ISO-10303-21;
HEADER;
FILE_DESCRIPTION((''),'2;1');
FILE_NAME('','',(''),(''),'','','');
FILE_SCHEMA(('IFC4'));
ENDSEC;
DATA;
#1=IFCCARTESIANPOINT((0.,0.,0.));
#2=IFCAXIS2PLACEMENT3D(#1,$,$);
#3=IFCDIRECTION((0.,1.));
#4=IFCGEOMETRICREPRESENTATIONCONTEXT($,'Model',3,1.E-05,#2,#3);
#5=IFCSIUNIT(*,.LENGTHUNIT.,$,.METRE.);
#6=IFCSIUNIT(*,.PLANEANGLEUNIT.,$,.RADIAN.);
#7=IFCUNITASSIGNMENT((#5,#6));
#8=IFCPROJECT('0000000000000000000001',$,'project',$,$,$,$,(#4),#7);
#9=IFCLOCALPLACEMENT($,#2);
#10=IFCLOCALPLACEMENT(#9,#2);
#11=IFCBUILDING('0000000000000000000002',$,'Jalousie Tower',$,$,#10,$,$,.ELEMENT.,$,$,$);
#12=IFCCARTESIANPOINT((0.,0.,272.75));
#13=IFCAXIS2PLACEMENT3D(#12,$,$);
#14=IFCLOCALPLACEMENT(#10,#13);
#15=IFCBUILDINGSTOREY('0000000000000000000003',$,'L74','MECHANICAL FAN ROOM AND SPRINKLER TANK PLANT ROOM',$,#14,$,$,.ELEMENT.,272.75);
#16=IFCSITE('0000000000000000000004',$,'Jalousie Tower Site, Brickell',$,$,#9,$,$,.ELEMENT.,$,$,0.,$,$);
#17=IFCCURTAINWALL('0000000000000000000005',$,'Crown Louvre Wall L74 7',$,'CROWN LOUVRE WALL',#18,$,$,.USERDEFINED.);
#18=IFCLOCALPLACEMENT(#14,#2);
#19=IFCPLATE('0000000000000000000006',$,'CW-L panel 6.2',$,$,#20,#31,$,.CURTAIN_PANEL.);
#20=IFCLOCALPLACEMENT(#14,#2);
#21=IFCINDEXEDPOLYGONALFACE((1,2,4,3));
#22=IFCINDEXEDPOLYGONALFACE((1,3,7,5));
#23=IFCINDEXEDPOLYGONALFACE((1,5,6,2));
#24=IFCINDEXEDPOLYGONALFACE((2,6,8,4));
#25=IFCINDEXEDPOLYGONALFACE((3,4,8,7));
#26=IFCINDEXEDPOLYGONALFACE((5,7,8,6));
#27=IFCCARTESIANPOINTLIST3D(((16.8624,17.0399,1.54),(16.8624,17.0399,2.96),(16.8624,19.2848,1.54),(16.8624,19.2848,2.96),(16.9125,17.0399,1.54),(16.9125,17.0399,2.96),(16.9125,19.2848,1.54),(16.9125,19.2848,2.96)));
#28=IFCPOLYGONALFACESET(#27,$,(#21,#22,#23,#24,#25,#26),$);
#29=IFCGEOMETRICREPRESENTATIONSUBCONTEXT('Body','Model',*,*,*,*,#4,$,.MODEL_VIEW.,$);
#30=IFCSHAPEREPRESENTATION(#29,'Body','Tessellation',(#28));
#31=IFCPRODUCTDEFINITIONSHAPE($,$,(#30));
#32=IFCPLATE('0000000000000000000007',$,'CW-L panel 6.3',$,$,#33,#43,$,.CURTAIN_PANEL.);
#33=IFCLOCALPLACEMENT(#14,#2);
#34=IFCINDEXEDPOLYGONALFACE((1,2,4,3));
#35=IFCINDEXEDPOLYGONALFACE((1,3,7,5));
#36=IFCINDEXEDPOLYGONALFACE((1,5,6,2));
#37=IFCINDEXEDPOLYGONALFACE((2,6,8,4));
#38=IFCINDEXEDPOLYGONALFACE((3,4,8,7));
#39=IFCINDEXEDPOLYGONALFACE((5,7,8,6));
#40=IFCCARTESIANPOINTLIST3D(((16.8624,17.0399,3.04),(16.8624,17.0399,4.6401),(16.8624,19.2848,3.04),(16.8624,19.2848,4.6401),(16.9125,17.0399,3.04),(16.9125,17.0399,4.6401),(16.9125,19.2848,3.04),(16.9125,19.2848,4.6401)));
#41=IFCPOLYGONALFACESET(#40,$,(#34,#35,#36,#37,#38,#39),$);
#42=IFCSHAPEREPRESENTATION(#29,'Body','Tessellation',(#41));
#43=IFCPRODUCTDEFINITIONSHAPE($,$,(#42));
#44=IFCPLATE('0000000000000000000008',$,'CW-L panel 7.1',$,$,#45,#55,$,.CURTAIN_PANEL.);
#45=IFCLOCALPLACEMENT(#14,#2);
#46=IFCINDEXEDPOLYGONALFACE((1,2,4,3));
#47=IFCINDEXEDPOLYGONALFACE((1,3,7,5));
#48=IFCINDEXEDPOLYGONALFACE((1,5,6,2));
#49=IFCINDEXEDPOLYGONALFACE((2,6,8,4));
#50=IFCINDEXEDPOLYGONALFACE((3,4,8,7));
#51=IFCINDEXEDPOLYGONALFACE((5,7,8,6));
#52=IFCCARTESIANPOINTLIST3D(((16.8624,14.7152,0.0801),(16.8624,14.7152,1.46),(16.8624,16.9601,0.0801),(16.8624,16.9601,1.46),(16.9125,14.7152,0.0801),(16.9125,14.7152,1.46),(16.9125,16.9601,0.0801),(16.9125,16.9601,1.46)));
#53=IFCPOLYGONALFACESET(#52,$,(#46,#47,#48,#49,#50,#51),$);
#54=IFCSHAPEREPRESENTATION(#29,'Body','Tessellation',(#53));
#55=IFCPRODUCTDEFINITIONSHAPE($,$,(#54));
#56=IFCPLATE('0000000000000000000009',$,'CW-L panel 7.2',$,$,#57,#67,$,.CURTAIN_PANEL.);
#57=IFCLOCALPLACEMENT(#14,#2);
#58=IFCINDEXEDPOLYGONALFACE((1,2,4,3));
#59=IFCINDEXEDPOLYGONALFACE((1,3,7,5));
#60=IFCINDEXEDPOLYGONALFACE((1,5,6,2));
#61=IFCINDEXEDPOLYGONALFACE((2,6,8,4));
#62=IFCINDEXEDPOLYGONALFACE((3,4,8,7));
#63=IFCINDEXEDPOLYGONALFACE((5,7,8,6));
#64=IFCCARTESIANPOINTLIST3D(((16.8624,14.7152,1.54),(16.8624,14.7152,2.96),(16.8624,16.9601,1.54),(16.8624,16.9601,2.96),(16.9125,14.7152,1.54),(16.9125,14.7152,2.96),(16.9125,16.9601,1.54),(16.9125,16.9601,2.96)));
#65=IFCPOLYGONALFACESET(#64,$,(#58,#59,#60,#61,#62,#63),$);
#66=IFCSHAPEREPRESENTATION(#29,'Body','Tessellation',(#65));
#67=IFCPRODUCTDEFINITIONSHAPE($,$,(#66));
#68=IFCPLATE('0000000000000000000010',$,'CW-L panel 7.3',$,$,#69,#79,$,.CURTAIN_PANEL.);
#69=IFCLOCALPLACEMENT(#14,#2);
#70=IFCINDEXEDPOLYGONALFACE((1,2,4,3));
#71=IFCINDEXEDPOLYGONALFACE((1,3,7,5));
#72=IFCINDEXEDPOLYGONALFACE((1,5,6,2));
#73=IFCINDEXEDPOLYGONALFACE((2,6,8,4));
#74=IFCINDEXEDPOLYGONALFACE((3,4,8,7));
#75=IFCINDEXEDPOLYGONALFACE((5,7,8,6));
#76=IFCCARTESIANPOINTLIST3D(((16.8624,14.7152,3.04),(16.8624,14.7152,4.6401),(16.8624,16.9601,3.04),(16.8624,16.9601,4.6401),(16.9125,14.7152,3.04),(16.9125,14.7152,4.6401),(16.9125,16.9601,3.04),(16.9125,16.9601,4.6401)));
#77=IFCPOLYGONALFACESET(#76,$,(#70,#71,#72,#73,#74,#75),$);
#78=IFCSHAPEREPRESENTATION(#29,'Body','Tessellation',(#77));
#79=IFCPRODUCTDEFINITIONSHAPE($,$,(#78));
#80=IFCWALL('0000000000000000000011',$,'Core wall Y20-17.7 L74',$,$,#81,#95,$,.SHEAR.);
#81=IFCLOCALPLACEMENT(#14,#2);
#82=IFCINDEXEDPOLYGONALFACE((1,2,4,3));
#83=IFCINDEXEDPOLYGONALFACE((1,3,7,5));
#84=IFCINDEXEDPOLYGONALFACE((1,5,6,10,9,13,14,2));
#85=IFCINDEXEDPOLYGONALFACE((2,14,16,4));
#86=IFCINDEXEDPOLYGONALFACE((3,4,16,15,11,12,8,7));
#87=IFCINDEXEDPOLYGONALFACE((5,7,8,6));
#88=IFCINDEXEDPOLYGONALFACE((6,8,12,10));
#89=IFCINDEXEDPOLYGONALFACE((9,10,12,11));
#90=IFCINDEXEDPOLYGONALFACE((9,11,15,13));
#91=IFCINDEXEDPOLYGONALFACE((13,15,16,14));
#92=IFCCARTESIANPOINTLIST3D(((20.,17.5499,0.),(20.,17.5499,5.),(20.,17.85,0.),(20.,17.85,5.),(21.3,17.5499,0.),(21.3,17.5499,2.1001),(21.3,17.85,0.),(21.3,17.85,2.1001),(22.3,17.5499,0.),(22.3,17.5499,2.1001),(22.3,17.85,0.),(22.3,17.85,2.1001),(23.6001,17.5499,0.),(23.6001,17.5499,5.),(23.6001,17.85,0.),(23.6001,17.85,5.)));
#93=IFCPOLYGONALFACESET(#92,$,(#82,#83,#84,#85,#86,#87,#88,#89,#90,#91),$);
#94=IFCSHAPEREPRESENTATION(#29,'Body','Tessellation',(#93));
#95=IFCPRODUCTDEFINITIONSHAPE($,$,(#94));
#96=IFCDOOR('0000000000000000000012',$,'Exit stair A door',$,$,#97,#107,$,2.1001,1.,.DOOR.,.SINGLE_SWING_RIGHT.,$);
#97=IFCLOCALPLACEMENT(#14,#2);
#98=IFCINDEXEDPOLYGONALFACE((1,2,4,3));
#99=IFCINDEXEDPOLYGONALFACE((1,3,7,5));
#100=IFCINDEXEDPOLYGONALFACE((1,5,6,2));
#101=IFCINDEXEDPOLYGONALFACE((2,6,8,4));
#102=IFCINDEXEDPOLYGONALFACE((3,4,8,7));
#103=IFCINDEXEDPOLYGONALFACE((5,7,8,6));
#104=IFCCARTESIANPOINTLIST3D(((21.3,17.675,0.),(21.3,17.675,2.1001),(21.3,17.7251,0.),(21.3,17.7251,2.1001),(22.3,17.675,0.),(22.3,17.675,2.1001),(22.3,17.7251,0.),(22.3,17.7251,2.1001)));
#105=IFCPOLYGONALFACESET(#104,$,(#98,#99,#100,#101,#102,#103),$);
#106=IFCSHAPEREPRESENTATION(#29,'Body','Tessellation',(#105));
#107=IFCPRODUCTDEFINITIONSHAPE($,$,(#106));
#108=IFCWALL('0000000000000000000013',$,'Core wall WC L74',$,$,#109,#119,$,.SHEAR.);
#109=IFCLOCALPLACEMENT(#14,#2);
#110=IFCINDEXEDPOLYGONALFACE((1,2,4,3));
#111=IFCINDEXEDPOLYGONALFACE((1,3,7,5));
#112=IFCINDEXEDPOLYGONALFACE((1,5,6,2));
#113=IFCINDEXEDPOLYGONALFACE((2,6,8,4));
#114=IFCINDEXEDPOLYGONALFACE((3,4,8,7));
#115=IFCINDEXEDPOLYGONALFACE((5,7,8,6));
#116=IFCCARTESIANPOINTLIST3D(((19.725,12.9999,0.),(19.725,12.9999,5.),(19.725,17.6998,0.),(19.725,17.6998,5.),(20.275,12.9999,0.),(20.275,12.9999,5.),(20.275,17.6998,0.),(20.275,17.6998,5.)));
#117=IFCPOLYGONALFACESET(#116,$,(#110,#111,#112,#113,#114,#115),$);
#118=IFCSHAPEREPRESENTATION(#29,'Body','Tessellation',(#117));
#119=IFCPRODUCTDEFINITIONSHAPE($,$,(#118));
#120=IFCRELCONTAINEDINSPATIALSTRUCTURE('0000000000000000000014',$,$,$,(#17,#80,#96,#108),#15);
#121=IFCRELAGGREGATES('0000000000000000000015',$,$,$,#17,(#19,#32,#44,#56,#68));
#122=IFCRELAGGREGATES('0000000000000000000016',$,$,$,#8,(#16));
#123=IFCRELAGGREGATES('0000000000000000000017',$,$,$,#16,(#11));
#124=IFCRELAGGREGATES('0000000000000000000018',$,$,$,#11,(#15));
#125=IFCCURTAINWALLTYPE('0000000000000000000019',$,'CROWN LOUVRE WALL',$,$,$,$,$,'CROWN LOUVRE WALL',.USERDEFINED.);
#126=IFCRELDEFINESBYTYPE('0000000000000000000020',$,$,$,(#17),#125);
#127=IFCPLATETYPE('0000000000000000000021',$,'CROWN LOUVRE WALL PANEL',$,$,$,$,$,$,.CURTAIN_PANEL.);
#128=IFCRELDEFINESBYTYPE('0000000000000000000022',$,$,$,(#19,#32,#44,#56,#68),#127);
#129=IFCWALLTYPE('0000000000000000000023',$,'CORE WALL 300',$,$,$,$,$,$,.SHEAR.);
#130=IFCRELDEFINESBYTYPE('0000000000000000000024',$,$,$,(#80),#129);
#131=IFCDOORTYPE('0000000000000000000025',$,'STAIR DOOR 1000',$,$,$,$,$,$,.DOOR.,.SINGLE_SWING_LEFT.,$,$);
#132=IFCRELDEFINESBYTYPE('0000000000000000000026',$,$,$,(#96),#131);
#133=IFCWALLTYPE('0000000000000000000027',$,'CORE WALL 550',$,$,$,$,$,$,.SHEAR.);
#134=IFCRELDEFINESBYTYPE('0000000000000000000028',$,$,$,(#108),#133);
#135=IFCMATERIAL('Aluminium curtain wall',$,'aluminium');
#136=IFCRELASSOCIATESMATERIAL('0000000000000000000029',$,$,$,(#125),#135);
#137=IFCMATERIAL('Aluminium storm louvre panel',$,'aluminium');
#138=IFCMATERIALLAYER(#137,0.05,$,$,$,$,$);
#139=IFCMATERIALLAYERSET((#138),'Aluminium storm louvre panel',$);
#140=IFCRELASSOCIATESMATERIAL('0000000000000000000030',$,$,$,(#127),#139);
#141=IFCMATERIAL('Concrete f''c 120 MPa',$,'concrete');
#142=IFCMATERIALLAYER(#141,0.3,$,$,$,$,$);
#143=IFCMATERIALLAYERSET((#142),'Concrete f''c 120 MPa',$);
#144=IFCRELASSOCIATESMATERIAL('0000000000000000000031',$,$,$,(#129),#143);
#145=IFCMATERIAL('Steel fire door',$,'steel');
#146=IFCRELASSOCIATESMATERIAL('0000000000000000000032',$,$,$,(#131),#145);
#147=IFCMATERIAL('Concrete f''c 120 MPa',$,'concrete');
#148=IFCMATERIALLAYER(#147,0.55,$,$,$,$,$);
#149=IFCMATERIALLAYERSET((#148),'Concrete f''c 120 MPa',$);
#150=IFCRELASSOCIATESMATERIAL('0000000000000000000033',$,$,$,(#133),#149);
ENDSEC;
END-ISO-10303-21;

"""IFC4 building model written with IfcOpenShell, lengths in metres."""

from ifc_helpers import new_model, si_unit, direction, frame, frame_2d, origin, origin_2d, place, context, subcontext, project, spatial, rectangle, extrude, material, layer, layer_set, type_object, element, fill, aggregate, save


model = new_model("IFC4")

# Units and contexts
model_context = context("Model", 3, precision=1e-05, world=origin(), true_north=direction((0.0, 1.0)))
body_context = subcontext(model_context, "Body", "Model", "MODEL_VIEW")
ifc_project = project(units=[si_unit("LENGTHUNIT", "METRE"), si_unit("PLANEANGLEUNIT", "RADIAN")], contexts=[model_context])

# Site, building, storey
site_placement = place(None, origin())
site = spatial("IfcSite", under=ifc_project, at=site_placement, Name="Jalousie Tower Site, Brickell", CompositionType="ELEMENT", RefElevation=0.0)
building_placement = place(site_placement, origin())
building = spatial("IfcBuilding", under=site, at=building_placement, Name="Jalousie Tower", CompositionType="ELEMENT")
storey_placement = place(building_placement, frame((0.0, 0.0, 272.75)))
storey = spatial("IfcBuildingStorey", under=building, at=storey_placement, Name="L74", Description="MECHANICAL FAN ROOM AND SPRINKLER TANK PLANT ROOM", CompositionType="ELEMENT", Elevation=272.75)

# Curtain wall, plates
ifc_material_1 = material(Name="Aluminium curtain wall", Category="aluminium")
curtain_wall_type = type_object("IfcCurtainWallType", Name="CROWN LOUVRE WALL", ElementType="CROWN LOUVRE WALL", PredefinedType="USERDEFINED", material=ifc_material_1)
curtain_wall_placement = place(storey_placement, origin())
curtain_wall = element("IfcCurtainWall", 1, at=curtain_wall_placement, inside=storey, type_object=curtain_wall_type, Name="Crown Louvre Wall L74 7", ObjectType="CROWN LOUVRE WALL", PredefinedType="USERDEFINED")
ifc_material_2 = material(Name="Aluminium storm louvre panel", Category="aluminium")
ifc_layer_1 = layer(ifc_material_2, 0.05)
ifc_layer_set_1 = layer_set([ifc_layer_1], Name="Aluminium storm louvre panel")
plate_type = type_object("IfcPlateType", Name="CROWN LOUVRE WALL PANEL", PredefinedType="CURTAIN_PANEL", material=ifc_layer_set_1)
plate_1_placement = place(storey_placement, frame((16.8875, 18.1624, 1.54), z_axis=(0.0, 0.0, 1.0), x_axis=(0.0, -1.0, 0.0)))
plate_1 = element("IfcPlate", 2, at=plate_1_placement, type_object=plate_type, Name="CW-L panel 6.2", PredefinedType="CURTAIN_PANEL", context=body_context, shape_type="SweptSolid", body=[
    extrude(rectangle(XDim=2.2449, YDim=0.05, at=origin_2d()), origin(), (0.0, 0.0, 1.0), 1.4199),
])
plate_2_placement = place(storey_placement, frame((16.8875, 18.1624, 3.04), z_axis=(0.0, 0.0, 1.0), x_axis=(0.0, -1.0, 0.0)))
plate_2 = element("IfcPlate", 3, at=plate_2_placement, type_object=plate_type, Name="CW-L panel 6.3", PredefinedType="CURTAIN_PANEL", context=body_context, shape_type="SweptSolid", body=[
    extrude(rectangle(XDim=2.2449, YDim=0.05, at=origin_2d()), origin(), (0.0, 0.0, 1.0), 1.6001),
])
plate_3_placement = place(storey_placement, frame((16.8875, 15.8376, 0.0801), z_axis=(0.0, 0.0, 1.0), x_axis=(0.0, -1.0, 0.0)))
plate_3 = element("IfcPlate", 4, at=plate_3_placement, type_object=plate_type, Name="CW-L panel 7.1", PredefinedType="CURTAIN_PANEL", context=body_context, shape_type="SweptSolid", body=[
    extrude(rectangle(XDim=2.2449, YDim=0.05, at=origin_2d()), origin(), (0.0, 0.0, 1.0), 1.3799),
])
plate_4_placement = place(storey_placement, frame((16.8875, 15.8376, 1.54), z_axis=(0.0, 0.0, 1.0), x_axis=(0.0, -1.0, 0.0)))
plate_4 = element("IfcPlate", 5, at=plate_4_placement, type_object=plate_type, Name="CW-L panel 7.2", PredefinedType="CURTAIN_PANEL", context=body_context, shape_type="SweptSolid", body=[
    extrude(rectangle(XDim=2.2449, YDim=0.05, at=origin_2d()), origin(), (0.0, 0.0, 1.0), 1.4199),
])
plate_5_placement = place(storey_placement, frame((16.8875, 15.8376, 3.04), z_axis=(0.0, 0.0, 1.0), x_axis=(0.0, -1.0, 0.0)))
plate_5 = element("IfcPlate", 6, at=plate_5_placement, type_object=plate_type, Name="CW-L panel 7.3", PredefinedType="CURTAIN_PANEL", context=body_context, shape_type="SweptSolid", body=[
    extrude(rectangle(XDim=2.2449, YDim=0.05, at=origin_2d()), origin(), (0.0, 0.0, 1.0), 1.6001),
])
aggregate(curtain_wall, [plate_1, plate_2, plate_3, plate_4, plate_5])

# Wall, opening, door
ifc_material_3 = material(Name="Concrete f'c 120 MPa", Category="concrete")
ifc_layer_2 = layer(ifc_material_3, 0.3)
ifc_layer_set_2 = layer_set([ifc_layer_2], Name="Concrete f'c 120 MPa")
wall_type_1 = type_object("IfcWallType", Name="CORE WALL 300", PredefinedType="SHEAR", material=ifc_layer_set_2)
wall_1_placement = place(storey_placement, frame((20.0, 17.7, 0.0), z_axis=(0.0, 0.0, 1.0), x_axis=(1.0, 0.0, 0.0)))
wall_1 = element("IfcWall", 7, at=wall_1_placement, inside=storey, type_object=wall_type_1, Name="Core wall Y20-17.7 L74", PredefinedType="SHEAR", context=body_context, shape_type="SweptSolid", body=[
    extrude(rectangle(XDim=3.6001, YDim=0.3, at=frame_2d((1.8, 0.0))), origin(), (0.0, 0.0, 1.0), 5.0),
])
opening_placement = place(wall_1_placement, frame((1.3, 0.0, 0.0)))
opening = element("IfcOpeningElement", 8, at=opening_placement, cuts=wall_1, PredefinedType="OPENING", context=body_context, shape_type="SweptSolid", body=[
    extrude(rectangle(XDim=1.0, YDim=2.1001, at=frame_2d((0.5, 1.05))), frame((0.0, 0.1599, 0.0), z_axis=(0.0, -1.0, 0.0), x_axis=(1.0, 0.0, 0.0)), (0.0, 0.0, 1.0), 0.3201),
])
ifc_material_4 = material(Name="Steel fire door", Category="steel")
door_type = type_object("IfcDoorType", Name="STAIR DOOR 1000", OperationType="SINGLE_SWING_LEFT", PredefinedType="DOOR", material=ifc_material_4)
door_placement = place(opening_placement, frame((1.0, 0.0, 0.0), z_axis=(0.0, 0.0, 1.0), x_axis=(-1.0, 0.0, 0.0)))
door = element("IfcDoor", 9, at=door_placement, inside=storey, type_object=door_type, Name="Exit stair A door", OperationType="SINGLE_SWING_RIGHT", OverallHeight=2.1001, OverallWidth=1.0, PredefinedType="DOOR", context=body_context, shape_type="SweptSolid", body=[
    extrude(rectangle(XDim=1.0, YDim=2.1001, at=frame_2d((0.5, 1.05))), frame((0.0, 0.0249, 0.0), z_axis=(0.0, -1.0, 0.0), x_axis=(1.0, 0.0, 0.0)), (0.0, 0.0, 1.0), 0.05),
])
fill(opening, door)

# Wall
ifc_material_5 = material(Name="Concrete f'c 120 MPa", Category="concrete")
ifc_layer_3 = layer(ifc_material_5, 0.55)
ifc_layer_set_3 = layer_set([ifc_layer_3], Name="Concrete f'c 120 MPa")
wall_type_2 = type_object("IfcWallType", Name="CORE WALL 550", PredefinedType="SHEAR", material=ifc_layer_set_3)
wall_2_placement = place(storey_placement, frame((20.0, 17.7, 0.0), z_axis=(0.0, 0.0, 1.0), x_axis=(0.0, -1.0, 0.0)))
element("IfcWall", 10, at=wall_2_placement, inside=storey, type_object=wall_type_2, Name="Core wall WC L74", PredefinedType="SHEAR", context=body_context, shape_type="SweptSolid", body=[
    extrude(rectangle(XDim=4.7, YDim=0.55, at=frame_2d((2.3501, 0.0))), origin(), (0.0, 0.0, 1.0), 5.0),
])

save(model, "model.ifc")
